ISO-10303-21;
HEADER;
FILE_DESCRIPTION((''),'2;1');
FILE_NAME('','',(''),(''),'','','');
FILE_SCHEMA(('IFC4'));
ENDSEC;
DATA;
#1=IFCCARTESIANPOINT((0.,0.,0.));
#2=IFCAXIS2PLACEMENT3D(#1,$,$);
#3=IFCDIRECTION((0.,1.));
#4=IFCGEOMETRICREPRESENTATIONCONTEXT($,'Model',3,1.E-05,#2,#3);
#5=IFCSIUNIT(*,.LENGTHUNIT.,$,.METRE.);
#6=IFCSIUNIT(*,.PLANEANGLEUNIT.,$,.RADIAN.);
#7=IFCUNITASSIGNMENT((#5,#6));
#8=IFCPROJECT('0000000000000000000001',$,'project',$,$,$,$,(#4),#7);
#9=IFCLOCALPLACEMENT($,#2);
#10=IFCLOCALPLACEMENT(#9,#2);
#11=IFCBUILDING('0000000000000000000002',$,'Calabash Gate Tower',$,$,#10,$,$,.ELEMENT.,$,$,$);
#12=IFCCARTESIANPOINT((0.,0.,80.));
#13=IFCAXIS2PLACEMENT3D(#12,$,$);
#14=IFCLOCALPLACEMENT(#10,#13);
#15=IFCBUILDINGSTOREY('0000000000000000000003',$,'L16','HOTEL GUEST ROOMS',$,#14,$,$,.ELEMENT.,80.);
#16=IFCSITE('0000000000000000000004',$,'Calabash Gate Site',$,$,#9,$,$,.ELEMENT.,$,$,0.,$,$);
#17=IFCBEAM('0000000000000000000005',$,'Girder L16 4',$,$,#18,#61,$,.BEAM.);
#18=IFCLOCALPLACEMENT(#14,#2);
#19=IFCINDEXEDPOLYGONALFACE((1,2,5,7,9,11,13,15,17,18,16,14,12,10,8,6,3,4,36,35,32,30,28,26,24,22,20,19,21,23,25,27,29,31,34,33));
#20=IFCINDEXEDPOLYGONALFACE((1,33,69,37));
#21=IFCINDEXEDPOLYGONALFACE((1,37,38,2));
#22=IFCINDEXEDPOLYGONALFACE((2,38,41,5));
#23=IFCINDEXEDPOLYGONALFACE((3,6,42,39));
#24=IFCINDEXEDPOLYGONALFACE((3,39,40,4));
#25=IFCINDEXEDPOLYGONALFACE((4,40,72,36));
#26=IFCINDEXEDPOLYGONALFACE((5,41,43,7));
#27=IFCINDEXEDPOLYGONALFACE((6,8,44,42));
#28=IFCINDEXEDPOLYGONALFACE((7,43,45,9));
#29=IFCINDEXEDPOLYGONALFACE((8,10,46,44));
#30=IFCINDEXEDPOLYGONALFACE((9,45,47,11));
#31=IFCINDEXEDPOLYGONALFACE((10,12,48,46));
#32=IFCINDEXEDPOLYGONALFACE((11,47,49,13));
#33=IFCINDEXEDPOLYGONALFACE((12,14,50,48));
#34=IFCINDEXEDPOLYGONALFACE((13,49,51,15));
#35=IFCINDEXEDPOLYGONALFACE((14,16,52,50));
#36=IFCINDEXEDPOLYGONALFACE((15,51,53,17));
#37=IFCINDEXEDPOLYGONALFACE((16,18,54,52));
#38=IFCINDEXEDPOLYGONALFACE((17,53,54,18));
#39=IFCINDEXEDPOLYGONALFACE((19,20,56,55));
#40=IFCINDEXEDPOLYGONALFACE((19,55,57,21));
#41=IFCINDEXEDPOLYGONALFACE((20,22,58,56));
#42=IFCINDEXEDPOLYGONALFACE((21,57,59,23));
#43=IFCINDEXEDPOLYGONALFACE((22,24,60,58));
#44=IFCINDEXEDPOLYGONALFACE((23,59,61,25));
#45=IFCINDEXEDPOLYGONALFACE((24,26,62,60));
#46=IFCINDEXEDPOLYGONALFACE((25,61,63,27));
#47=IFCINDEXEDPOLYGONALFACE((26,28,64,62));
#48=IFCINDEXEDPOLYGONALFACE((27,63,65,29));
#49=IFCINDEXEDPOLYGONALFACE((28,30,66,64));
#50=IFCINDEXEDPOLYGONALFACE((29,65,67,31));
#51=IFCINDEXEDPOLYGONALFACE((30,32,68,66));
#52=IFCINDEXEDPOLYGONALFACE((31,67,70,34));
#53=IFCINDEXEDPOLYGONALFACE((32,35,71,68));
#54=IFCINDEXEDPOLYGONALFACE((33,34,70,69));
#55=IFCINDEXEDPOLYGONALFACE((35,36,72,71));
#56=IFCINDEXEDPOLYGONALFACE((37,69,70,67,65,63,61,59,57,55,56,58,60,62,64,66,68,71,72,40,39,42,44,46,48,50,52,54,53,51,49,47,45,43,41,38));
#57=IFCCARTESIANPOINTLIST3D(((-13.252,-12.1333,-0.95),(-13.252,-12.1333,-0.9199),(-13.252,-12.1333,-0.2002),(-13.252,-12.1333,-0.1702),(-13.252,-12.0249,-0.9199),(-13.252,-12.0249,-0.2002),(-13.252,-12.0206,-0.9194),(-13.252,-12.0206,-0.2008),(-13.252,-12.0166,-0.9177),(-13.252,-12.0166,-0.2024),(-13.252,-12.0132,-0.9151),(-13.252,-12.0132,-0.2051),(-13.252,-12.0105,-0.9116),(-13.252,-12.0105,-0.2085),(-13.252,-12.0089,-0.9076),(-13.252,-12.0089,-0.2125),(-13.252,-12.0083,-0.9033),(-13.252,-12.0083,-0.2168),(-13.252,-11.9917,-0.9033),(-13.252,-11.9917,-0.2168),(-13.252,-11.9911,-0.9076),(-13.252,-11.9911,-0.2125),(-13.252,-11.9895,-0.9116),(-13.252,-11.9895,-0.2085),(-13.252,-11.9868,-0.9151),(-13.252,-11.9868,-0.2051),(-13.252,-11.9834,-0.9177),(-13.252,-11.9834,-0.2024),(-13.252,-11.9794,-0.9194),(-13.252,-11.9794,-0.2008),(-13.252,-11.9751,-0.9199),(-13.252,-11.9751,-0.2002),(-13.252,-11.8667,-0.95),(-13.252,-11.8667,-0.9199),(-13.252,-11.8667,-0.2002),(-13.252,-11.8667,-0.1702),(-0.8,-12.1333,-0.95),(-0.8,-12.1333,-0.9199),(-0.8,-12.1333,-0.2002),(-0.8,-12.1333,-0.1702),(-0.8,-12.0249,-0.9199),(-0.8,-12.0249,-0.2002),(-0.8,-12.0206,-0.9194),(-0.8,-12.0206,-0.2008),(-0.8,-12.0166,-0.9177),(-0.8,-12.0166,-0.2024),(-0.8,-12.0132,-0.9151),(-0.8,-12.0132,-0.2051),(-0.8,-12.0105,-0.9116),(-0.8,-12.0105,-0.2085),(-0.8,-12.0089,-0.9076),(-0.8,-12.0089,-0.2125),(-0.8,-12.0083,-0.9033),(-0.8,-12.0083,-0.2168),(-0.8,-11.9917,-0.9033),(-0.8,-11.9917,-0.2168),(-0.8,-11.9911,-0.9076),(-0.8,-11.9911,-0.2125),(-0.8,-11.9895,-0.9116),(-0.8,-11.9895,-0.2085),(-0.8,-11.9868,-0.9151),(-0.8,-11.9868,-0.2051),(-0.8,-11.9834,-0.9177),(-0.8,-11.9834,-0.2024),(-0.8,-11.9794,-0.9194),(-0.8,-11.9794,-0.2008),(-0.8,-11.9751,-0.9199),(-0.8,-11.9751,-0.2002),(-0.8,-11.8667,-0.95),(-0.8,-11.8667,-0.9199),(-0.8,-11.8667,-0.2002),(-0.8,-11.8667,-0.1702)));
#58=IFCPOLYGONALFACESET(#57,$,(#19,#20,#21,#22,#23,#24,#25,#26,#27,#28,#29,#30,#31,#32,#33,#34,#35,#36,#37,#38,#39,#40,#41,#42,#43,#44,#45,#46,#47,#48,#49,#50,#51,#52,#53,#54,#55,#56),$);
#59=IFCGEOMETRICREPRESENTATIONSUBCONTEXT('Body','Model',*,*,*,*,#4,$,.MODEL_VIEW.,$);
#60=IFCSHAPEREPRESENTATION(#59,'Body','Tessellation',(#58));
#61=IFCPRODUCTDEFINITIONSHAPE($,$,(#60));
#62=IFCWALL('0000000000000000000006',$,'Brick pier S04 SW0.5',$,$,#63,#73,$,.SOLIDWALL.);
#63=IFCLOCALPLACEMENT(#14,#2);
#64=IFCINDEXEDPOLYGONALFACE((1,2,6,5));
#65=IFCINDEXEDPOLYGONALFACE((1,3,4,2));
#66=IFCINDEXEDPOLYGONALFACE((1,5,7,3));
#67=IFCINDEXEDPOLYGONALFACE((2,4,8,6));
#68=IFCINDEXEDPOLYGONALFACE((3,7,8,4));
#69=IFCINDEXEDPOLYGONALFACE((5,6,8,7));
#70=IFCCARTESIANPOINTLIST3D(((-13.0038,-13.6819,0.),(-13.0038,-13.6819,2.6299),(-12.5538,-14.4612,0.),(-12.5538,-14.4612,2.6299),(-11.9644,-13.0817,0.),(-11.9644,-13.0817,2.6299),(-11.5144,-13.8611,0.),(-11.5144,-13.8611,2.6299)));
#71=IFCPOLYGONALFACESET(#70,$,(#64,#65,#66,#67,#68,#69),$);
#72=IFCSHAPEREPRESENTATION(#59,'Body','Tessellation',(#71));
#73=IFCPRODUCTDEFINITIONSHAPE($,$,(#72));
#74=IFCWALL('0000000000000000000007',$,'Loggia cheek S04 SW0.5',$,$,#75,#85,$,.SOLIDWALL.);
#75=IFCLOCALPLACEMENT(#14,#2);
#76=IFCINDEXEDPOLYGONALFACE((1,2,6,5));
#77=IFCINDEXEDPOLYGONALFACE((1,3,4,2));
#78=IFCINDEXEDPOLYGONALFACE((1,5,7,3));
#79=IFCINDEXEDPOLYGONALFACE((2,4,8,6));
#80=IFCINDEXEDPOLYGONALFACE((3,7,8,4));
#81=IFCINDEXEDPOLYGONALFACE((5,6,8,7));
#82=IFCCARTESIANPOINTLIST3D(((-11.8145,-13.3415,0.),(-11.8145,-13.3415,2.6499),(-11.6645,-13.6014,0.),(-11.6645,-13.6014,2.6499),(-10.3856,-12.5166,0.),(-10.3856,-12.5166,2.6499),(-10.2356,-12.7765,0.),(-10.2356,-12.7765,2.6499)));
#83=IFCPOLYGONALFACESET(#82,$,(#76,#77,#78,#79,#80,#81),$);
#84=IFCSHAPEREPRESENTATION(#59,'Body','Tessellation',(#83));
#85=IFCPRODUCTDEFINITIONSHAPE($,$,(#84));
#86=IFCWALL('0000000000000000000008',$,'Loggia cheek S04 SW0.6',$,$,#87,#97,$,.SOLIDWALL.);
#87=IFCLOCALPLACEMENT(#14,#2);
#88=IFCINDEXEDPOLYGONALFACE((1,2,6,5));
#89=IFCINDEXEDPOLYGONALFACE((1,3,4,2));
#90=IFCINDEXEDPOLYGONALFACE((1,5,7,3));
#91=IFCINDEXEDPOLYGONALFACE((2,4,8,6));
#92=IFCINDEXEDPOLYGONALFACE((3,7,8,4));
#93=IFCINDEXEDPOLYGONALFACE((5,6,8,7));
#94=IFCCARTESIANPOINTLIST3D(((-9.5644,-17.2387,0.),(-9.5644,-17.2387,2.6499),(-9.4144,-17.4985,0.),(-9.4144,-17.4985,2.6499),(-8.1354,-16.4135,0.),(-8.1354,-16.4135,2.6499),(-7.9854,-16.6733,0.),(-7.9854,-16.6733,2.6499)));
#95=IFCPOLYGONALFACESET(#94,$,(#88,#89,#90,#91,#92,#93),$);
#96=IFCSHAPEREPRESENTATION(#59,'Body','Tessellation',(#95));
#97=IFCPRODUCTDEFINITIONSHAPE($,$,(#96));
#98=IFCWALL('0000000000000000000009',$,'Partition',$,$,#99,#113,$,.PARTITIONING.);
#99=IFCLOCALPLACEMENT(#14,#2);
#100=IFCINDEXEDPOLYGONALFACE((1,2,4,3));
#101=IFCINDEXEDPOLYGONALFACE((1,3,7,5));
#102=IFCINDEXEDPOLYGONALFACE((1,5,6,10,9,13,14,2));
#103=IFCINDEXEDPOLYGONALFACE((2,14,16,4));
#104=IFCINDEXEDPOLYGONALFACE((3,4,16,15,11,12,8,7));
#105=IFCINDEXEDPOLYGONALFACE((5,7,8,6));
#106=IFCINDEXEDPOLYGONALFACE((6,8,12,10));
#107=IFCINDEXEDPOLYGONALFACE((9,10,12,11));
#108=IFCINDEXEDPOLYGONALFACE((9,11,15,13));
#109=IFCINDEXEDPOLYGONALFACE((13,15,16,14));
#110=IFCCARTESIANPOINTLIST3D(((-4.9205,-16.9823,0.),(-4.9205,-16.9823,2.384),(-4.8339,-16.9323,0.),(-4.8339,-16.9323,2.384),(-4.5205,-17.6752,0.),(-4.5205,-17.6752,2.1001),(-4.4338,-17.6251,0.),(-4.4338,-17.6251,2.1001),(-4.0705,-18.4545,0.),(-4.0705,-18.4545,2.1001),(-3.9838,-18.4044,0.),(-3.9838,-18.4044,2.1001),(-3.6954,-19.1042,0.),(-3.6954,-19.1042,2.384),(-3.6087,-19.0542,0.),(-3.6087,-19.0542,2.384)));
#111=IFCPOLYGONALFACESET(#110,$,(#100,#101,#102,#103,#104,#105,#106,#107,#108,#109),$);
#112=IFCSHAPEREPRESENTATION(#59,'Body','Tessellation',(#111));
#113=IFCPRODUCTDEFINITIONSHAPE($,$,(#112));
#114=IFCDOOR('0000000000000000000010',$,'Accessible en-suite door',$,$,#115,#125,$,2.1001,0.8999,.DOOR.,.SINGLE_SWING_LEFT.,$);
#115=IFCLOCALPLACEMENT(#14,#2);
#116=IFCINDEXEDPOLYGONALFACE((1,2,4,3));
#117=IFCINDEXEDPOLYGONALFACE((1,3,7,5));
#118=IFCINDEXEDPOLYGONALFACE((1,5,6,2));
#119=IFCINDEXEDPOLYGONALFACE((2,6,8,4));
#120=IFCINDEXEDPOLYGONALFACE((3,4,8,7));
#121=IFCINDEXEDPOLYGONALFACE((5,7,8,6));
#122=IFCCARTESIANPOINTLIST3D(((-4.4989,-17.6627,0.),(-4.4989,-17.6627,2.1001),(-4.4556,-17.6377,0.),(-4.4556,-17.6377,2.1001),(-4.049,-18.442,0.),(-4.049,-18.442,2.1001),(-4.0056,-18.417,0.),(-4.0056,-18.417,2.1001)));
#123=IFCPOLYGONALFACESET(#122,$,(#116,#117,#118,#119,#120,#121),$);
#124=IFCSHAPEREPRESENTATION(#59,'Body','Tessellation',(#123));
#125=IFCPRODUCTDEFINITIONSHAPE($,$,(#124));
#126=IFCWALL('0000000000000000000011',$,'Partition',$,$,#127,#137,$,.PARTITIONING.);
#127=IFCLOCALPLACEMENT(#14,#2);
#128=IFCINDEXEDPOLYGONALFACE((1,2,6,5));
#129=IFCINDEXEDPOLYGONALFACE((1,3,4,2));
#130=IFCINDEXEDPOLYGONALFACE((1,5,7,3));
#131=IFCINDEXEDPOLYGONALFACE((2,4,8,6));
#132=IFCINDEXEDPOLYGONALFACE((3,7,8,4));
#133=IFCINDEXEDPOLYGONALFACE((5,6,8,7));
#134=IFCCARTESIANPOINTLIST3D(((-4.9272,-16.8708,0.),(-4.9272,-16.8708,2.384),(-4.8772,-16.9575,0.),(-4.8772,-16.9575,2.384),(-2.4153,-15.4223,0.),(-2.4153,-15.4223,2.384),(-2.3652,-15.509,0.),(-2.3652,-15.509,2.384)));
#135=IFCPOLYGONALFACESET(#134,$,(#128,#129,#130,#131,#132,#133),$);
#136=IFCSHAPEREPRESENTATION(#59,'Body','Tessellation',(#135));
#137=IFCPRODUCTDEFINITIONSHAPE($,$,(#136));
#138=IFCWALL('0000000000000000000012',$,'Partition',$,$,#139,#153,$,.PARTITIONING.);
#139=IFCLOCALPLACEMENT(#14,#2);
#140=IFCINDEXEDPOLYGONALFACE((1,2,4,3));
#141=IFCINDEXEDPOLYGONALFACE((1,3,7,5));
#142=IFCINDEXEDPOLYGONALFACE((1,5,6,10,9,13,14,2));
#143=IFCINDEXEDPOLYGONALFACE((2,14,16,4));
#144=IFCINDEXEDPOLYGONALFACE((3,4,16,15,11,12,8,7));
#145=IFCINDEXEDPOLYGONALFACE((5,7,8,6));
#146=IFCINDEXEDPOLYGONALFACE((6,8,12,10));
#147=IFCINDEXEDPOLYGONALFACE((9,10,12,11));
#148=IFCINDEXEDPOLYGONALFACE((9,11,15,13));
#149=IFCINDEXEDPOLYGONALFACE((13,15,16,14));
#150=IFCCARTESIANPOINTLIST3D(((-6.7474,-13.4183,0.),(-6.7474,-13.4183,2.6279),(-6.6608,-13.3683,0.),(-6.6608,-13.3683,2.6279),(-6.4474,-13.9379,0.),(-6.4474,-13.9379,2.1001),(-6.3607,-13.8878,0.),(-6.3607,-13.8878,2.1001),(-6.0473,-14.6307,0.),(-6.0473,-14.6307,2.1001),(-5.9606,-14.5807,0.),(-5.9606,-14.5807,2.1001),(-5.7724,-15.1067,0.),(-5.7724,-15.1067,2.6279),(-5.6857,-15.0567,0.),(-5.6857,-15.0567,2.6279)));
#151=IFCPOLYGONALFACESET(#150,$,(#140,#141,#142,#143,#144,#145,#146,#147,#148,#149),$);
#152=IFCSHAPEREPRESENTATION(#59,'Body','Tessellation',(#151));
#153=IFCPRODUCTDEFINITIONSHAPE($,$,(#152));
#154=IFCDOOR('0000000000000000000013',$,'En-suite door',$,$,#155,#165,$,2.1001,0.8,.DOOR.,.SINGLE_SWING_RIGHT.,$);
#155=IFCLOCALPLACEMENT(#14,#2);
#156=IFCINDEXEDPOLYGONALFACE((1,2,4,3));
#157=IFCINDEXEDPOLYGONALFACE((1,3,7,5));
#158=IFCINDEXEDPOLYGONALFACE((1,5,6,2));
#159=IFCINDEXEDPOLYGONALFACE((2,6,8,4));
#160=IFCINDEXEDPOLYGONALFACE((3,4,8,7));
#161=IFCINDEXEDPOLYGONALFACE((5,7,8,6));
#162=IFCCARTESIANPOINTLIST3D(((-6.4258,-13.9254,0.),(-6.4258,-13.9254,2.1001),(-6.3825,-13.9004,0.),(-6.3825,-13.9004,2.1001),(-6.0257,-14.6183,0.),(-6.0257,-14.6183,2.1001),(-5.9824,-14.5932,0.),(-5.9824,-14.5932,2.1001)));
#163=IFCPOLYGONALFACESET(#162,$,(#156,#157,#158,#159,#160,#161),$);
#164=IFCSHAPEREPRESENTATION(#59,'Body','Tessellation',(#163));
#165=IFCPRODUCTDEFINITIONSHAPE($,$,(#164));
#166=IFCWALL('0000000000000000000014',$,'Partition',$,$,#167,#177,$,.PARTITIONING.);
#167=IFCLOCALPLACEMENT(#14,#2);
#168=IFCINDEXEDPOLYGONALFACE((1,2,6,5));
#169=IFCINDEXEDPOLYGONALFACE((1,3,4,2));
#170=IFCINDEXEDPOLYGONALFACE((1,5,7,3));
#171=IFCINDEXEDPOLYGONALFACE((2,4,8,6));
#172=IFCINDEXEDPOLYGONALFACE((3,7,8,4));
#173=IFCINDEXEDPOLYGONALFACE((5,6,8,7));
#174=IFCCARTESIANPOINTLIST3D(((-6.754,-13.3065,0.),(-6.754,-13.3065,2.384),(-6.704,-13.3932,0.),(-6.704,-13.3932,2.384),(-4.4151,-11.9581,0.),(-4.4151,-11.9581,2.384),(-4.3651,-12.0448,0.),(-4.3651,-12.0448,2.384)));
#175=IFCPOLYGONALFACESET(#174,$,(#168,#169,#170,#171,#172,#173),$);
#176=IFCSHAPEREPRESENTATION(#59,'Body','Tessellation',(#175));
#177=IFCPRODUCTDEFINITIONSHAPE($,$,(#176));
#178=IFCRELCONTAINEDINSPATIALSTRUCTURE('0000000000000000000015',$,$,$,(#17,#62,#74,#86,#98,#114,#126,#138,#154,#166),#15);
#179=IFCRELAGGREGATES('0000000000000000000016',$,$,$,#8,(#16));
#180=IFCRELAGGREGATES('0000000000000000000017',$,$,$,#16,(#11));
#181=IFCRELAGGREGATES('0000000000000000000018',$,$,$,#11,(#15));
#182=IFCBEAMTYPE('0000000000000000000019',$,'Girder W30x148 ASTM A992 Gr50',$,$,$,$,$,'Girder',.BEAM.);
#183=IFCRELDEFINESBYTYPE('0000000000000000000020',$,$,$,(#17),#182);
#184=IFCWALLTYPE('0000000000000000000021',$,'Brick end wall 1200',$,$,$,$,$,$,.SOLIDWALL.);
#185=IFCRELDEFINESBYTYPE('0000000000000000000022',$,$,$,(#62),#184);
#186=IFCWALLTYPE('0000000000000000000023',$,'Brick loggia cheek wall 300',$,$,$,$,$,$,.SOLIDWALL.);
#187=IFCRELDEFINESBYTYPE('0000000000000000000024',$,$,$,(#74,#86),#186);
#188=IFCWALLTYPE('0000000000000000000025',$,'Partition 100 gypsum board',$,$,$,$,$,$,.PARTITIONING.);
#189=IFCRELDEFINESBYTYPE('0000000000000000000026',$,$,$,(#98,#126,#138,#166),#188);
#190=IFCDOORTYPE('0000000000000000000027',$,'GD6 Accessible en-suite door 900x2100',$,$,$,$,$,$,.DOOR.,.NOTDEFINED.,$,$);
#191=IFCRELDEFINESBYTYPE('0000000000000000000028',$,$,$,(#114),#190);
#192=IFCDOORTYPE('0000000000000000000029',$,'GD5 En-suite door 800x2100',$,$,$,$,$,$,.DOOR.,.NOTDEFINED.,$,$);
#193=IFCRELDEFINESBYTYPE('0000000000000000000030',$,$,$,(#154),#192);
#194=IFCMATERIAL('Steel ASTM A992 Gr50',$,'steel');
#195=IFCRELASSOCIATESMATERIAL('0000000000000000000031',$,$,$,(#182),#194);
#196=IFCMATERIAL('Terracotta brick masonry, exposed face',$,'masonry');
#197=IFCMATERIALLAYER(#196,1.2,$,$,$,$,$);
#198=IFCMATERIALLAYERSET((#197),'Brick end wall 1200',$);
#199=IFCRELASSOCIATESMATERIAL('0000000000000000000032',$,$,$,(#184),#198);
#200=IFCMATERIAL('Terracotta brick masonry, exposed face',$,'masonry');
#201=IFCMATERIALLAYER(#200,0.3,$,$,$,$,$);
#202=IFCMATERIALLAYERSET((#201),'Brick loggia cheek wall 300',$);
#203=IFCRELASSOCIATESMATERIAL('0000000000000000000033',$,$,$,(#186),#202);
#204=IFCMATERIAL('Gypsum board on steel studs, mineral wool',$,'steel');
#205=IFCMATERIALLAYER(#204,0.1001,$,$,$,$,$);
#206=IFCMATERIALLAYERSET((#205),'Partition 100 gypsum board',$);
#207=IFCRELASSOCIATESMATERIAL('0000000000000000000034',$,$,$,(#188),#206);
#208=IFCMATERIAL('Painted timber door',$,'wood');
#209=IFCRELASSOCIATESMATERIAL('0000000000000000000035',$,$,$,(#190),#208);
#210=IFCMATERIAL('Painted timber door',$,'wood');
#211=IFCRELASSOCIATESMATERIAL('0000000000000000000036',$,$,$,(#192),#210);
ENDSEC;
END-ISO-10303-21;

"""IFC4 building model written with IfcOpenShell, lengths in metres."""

from ifc_helpers import new_model, si_unit, direction, frame, frame_2d, origin, origin_2d, place, context, subcontext, project, spatial, rectangle, i_section, extrude, material, layer, layer_set, material_profile, profile_set, type_object, element, fill, save


model = new_model("IFC4")

# Units and contexts
model_context = context("Model", 3, precision=1e-05, world=origin(), true_north=direction((0.0, 1.0)))
body_context = subcontext(model_context, "Body", "Model", "MODEL_VIEW")
ifc_project = project(units=[si_unit("LENGTHUNIT", "METRE"), si_unit("PLANEANGLEUNIT", "RADIAN")], contexts=[model_context])

# Site, building, storey
site_placement = place(None, origin())
site = spatial("IfcSite", under=ifc_project, at=site_placement, Name="Calabash Gate Site", CompositionType="ELEMENT", RefElevation=0.0)
building_placement = place(site_placement, origin())
building = spatial("IfcBuilding", under=site, at=building_placement, Name="Calabash Gate Tower", CompositionType="ELEMENT")
storey_placement = place(building_placement, frame((0.0, 0.0, 80.0)))
storey = spatial("IfcBuildingStorey", under=building, at=storey_placement, Name="L16", Description="HOTEL GUEST ROOMS", CompositionType="ELEMENT", Elevation=80.0)

# Beam
ifc_material_1 = material(Name="Steel ASTM A992 Gr50", Category="steel")
ifc_material_profile_1 = material_profile(ifc_material_1, i_section(OverallWidth=0.2666, OverallDepth=0.7798, WebThickness=0.0166, FlangeThickness=0.03, FilletRadius=0.0166, at=origin_2d()))
ifc_profile_set_1 = profile_set([ifc_material_profile_1], Name="Steel ASTM A992 Gr50")
beam_type_1 = type_object("IfcBeamType", Name="Girder W30x148 ASTM A992 Gr50", ElementType="Girder", PredefinedType="BEAM", material=ifc_profile_set_1)
beam_1_placement = place(storey_placement, frame((-13.252, -12.0, -0.5601), z_axis=(1.0, 0.0, 0.0), x_axis=(0.0, 1.0, 0.0)))
element("IfcBeam", 1, at=beam_1_placement, inside=storey, type_object=beam_type_1, Name="Girder L16 4", PredefinedType="BEAM", context=body_context, shape_type="SweptSolid", body=[
    extrude(i_section(OverallWidth=0.2666, OverallDepth=0.7798, WebThickness=0.0166, FlangeThickness=0.03, FilletRadius=0.0166, at=origin_2d()), origin(), (0.0, 0.0, 1.0), 12.4519),
])

# Walls
ifc_material_2 = material(Name="Terracotta brick masonry, exposed face", Category="masonry")
ifc_layer_1 = layer(ifc_material_2, 1.2)
ifc_layer_set_1 = layer_set([ifc_layer_1], Name="Brick end wall 1200")
wall_type_1 = type_object("IfcWallType", Name="Brick end wall 1200", PredefinedType="SOLIDWALL", material=ifc_layer_set_1)
wall_1_placement = place(storey_placement, frame((-12.7788, -14.0715, 0.0), z_axis=(0.0, 0.0, 1.0), x_axis=(0.866006, 0.500034, 0.0)))
element("IfcWall", 2, at=wall_1_placement, inside=storey, type_object=wall_type_1, Name="Brick pier S04 SW0.5", PredefinedType="SOLIDWALL", context=body_context, shape_type="SweptSolid", body=[
    extrude(rectangle(XDim=1.2002, YDim=0.8999, at=frame_2d((0.6001, 0.0))), origin(), (0.0, 0.0, 1.0), 2.6299),
])
ifc_material_3 = material(Name="Terracotta brick masonry, exposed face", Category="masonry")
ifc_layer_2 = layer(ifc_material_3, 0.3)
ifc_layer_set_2 = layer_set([ifc_layer_2], Name="Brick loggia cheek wall 300")
wall_type_2 = type_object("IfcWallType", Name="Brick loggia cheek wall 300", PredefinedType="SOLIDWALL", material=ifc_layer_set_2)
wall_2_placement = place(storey_placement, frame((-11.7395, -13.4714, 0.0), z_axis=(0.0, 0.0, 1.0), x_axis=(0.86604, 0.499974, 0.0)))
element("IfcWall", 3, at=wall_2_placement, inside=storey, type_object=wall_type_2, Name="Loggia cheek S04 SW0.5", PredefinedType="SOLIDWALL", context=body_context, shape_type="SweptSolid", body=[
    extrude(rectangle(XDim=1.6499, YDim=0.3, at=frame_2d((0.825, 0.0))), origin(), (0.0, 0.0, 1.0), 2.6499),
])
wall_3_placement = place(storey_placement, frame((-9.4895, -17.3687, 0.0), z_axis=(0.0, 0.0, 1.0), x_axis=(0.865976, 0.500085, 0.0)))
element("IfcWall", 4, at=wall_3_placement, inside=storey, type_object=wall_type_2, Name="Loggia cheek S04 SW0.6", PredefinedType="SOLIDWALL", context=body_context, shape_type="SweptSolid", body=[
    extrude(rectangle(XDim=1.6501, YDim=0.3, at=frame_2d((0.8252, 0.0))), origin(), (0.0, 0.0, 1.0), 2.6499),
])

# Wall, opening, door
ifc_material_4 = material(Name="Gypsum board on steel studs, mineral wool", Category="steel")
ifc_layer_3 = layer(ifc_material_4, 0.1001)
ifc_layer_set_3 = layer_set([ifc_layer_3], Name="Partition 100 gypsum board")
wall_type_3 = type_object("IfcWallType", Name="Partition 100 gypsum board", PredefinedType="PARTITIONING", material=ifc_layer_set_3)
wall_4_placement = place(storey_placement, frame((-4.8772, -16.9573, 0.0), z_axis=(0.0, 0.0, 1.0), x_axis=(0.500019, -0.866015, 0.0)))
wall_4 = element("IfcWall", 5, at=wall_4_placement, inside=storey, type_object=wall_type_3, Name="Partition", PredefinedType="PARTITIONING", context=body_context, shape_type="SweptSolid", body=[
    extrude(rectangle(XDim=2.4502, YDim=0.1001, at=frame_2d((1.2251, 0.0))), origin(), (0.0, 0.0, 1.0), 2.384),
])
opening_1_placement = place(wall_4_placement, frame((0.8, 0.0, 0.0)))
opening_1 = element("IfcOpeningElement", 6, at=opening_1_placement, cuts=wall_4, PredefinedType="OPENING", context=body_context, shape_type="SweptSolid", body=[
    extrude(rectangle(XDim=0.8999, YDim=2.1001, at=frame_2d((0.45, 1.05))), frame((0.0, 0.0601, 0.0), z_axis=(0.0, -1.0, 0.0), x_axis=(1.0, 0.0, 0.0)), (0.0, 0.0, 1.0), 0.1201),
])
ifc_material_5 = material(Name="Painted timber door", Category="wood")
door_type_1 = type_object("IfcDoorType", Name="GD6 Accessible en-suite door 900x2100", OperationType="NOTDEFINED", PredefinedType="DOOR", material=ifc_material_5)
door_1_placement = place(opening_1_placement, origin())
door_1 = element("IfcDoor", 7, at=door_1_placement, inside=storey, type_object=door_type_1, Name="Accessible en-suite door", OperationType="SINGLE_SWING_LEFT", OverallHeight=2.1001, OverallWidth=0.8999, PredefinedType="DOOR", context=body_context, shape_type="SweptSolid", body=[
    extrude(rectangle(XDim=0.8999, YDim=2.1001, at=frame_2d((0.45, 1.05))), frame((0.0, 0.0249, 0.0), z_axis=(0.0, -1.0, 0.0), x_axis=(1.0, 0.0, 0.0)), (0.0, 0.0, 1.0), 0.05),
])
fill(opening_1, door_1)

# Wall
wall_5_placement = place(storey_placement, frame((-4.9021, -16.9141, 0.0), z_axis=(0.0, 0.0, 1.0), x_axis=(0.866293, 0.499535, 0.0)))
element("IfcWall", 8, at=wall_5_placement, inside=storey, type_object=wall_type_3, Name="Partition", PredefinedType="PARTITIONING", context=body_context, shape_type="SweptSolid", body=[
    extrude(rectangle(XDim=2.8997, YDim=0.1001, at=frame_2d((1.4497, 0.0))), origin(), (0.0, 0.0, 1.0), 2.384),
])

# Wall, opening, door
wall_6_placement = place(storey_placement, frame((-6.7041, -13.3933, 0.0), z_axis=(0.0, 0.0, 1.0), x_axis=(0.500098, -0.865969, 0.0)))
wall_6 = element("IfcWall", 9, at=wall_6_placement, inside=storey, type_object=wall_type_3, Name="Partition", PredefinedType="PARTITIONING", context=body_context, shape_type="SweptSolid", body=[
    extrude(rectangle(XDim=1.9497, YDim=0.1001, at=frame_2d((0.9749, 0.0))), origin(), (0.0, 0.0, 1.0), 2.6279),
])
opening_2_placement = place(wall_6_placement, frame((0.6001, 0.0, 0.0)))
opening_2 = element("IfcOpeningElement", 10, at=opening_2_placement, cuts=wall_6, PredefinedType="OPENING", context=body_context, shape_type="SweptSolid", body=[
    extrude(rectangle(XDim=0.8, YDim=2.1001, at=frame_2d((0.3999, 1.05))), frame((0.0, 0.0601, 0.0), z_axis=(0.0, -1.0, 0.0), x_axis=(1.0, 0.0, 0.0)), (0.0, 0.0, 1.0), 0.1201),
])
ifc_material_6 = material(Name="Painted timber door", Category="wood")
door_type_2 = type_object("IfcDoorType", Name="GD5 En-suite door 800x2100", OperationType="NOTDEFINED", PredefinedType="DOOR", material=ifc_material_6)
door_2_placement = place(opening_2_placement, origin())
door_2 = element("IfcDoor", 11, at=door_2_placement, inside=storey, type_object=door_type_2, Name="En-suite door", OperationType="SINGLE_SWING_RIGHT", OverallHeight=2.1001, OverallWidth=0.8, PredefinedType="DOOR", context=body_context, shape_type="SweptSolid", body=[
    extrude(rectangle(XDim=0.8, YDim=2.1001, at=frame_2d((0.3999, 1.05))), frame((0.0, 0.0249, 0.0), z_axis=(0.0, -1.0, 0.0), x_axis=(1.0, 0.0, 0.0)), (0.0, 0.0, 1.0), 0.05),
])
fill(opening_2, door_2)

# Wall
wall_7_placement = place(storey_placement, frame((-6.729, -13.3499, 0.0), z_axis=(0.0, 0.0, 1.0), x_axis=(0.866339, 0.499456, 0.0)))
element("IfcWall", 12, at=wall_7_placement, inside=storey, type_object=wall_type_3, Name="Partition", PredefinedType="PARTITIONING", context=body_context, shape_type="SweptSolid", body=[
    extrude(rectangle(XDim=2.6997, YDim=0.1001, at=frame_2d((1.3499, 0.0))), origin(), (0.0, 0.0, 1.0), 2.384),
])

save(model, "model.ifc")
